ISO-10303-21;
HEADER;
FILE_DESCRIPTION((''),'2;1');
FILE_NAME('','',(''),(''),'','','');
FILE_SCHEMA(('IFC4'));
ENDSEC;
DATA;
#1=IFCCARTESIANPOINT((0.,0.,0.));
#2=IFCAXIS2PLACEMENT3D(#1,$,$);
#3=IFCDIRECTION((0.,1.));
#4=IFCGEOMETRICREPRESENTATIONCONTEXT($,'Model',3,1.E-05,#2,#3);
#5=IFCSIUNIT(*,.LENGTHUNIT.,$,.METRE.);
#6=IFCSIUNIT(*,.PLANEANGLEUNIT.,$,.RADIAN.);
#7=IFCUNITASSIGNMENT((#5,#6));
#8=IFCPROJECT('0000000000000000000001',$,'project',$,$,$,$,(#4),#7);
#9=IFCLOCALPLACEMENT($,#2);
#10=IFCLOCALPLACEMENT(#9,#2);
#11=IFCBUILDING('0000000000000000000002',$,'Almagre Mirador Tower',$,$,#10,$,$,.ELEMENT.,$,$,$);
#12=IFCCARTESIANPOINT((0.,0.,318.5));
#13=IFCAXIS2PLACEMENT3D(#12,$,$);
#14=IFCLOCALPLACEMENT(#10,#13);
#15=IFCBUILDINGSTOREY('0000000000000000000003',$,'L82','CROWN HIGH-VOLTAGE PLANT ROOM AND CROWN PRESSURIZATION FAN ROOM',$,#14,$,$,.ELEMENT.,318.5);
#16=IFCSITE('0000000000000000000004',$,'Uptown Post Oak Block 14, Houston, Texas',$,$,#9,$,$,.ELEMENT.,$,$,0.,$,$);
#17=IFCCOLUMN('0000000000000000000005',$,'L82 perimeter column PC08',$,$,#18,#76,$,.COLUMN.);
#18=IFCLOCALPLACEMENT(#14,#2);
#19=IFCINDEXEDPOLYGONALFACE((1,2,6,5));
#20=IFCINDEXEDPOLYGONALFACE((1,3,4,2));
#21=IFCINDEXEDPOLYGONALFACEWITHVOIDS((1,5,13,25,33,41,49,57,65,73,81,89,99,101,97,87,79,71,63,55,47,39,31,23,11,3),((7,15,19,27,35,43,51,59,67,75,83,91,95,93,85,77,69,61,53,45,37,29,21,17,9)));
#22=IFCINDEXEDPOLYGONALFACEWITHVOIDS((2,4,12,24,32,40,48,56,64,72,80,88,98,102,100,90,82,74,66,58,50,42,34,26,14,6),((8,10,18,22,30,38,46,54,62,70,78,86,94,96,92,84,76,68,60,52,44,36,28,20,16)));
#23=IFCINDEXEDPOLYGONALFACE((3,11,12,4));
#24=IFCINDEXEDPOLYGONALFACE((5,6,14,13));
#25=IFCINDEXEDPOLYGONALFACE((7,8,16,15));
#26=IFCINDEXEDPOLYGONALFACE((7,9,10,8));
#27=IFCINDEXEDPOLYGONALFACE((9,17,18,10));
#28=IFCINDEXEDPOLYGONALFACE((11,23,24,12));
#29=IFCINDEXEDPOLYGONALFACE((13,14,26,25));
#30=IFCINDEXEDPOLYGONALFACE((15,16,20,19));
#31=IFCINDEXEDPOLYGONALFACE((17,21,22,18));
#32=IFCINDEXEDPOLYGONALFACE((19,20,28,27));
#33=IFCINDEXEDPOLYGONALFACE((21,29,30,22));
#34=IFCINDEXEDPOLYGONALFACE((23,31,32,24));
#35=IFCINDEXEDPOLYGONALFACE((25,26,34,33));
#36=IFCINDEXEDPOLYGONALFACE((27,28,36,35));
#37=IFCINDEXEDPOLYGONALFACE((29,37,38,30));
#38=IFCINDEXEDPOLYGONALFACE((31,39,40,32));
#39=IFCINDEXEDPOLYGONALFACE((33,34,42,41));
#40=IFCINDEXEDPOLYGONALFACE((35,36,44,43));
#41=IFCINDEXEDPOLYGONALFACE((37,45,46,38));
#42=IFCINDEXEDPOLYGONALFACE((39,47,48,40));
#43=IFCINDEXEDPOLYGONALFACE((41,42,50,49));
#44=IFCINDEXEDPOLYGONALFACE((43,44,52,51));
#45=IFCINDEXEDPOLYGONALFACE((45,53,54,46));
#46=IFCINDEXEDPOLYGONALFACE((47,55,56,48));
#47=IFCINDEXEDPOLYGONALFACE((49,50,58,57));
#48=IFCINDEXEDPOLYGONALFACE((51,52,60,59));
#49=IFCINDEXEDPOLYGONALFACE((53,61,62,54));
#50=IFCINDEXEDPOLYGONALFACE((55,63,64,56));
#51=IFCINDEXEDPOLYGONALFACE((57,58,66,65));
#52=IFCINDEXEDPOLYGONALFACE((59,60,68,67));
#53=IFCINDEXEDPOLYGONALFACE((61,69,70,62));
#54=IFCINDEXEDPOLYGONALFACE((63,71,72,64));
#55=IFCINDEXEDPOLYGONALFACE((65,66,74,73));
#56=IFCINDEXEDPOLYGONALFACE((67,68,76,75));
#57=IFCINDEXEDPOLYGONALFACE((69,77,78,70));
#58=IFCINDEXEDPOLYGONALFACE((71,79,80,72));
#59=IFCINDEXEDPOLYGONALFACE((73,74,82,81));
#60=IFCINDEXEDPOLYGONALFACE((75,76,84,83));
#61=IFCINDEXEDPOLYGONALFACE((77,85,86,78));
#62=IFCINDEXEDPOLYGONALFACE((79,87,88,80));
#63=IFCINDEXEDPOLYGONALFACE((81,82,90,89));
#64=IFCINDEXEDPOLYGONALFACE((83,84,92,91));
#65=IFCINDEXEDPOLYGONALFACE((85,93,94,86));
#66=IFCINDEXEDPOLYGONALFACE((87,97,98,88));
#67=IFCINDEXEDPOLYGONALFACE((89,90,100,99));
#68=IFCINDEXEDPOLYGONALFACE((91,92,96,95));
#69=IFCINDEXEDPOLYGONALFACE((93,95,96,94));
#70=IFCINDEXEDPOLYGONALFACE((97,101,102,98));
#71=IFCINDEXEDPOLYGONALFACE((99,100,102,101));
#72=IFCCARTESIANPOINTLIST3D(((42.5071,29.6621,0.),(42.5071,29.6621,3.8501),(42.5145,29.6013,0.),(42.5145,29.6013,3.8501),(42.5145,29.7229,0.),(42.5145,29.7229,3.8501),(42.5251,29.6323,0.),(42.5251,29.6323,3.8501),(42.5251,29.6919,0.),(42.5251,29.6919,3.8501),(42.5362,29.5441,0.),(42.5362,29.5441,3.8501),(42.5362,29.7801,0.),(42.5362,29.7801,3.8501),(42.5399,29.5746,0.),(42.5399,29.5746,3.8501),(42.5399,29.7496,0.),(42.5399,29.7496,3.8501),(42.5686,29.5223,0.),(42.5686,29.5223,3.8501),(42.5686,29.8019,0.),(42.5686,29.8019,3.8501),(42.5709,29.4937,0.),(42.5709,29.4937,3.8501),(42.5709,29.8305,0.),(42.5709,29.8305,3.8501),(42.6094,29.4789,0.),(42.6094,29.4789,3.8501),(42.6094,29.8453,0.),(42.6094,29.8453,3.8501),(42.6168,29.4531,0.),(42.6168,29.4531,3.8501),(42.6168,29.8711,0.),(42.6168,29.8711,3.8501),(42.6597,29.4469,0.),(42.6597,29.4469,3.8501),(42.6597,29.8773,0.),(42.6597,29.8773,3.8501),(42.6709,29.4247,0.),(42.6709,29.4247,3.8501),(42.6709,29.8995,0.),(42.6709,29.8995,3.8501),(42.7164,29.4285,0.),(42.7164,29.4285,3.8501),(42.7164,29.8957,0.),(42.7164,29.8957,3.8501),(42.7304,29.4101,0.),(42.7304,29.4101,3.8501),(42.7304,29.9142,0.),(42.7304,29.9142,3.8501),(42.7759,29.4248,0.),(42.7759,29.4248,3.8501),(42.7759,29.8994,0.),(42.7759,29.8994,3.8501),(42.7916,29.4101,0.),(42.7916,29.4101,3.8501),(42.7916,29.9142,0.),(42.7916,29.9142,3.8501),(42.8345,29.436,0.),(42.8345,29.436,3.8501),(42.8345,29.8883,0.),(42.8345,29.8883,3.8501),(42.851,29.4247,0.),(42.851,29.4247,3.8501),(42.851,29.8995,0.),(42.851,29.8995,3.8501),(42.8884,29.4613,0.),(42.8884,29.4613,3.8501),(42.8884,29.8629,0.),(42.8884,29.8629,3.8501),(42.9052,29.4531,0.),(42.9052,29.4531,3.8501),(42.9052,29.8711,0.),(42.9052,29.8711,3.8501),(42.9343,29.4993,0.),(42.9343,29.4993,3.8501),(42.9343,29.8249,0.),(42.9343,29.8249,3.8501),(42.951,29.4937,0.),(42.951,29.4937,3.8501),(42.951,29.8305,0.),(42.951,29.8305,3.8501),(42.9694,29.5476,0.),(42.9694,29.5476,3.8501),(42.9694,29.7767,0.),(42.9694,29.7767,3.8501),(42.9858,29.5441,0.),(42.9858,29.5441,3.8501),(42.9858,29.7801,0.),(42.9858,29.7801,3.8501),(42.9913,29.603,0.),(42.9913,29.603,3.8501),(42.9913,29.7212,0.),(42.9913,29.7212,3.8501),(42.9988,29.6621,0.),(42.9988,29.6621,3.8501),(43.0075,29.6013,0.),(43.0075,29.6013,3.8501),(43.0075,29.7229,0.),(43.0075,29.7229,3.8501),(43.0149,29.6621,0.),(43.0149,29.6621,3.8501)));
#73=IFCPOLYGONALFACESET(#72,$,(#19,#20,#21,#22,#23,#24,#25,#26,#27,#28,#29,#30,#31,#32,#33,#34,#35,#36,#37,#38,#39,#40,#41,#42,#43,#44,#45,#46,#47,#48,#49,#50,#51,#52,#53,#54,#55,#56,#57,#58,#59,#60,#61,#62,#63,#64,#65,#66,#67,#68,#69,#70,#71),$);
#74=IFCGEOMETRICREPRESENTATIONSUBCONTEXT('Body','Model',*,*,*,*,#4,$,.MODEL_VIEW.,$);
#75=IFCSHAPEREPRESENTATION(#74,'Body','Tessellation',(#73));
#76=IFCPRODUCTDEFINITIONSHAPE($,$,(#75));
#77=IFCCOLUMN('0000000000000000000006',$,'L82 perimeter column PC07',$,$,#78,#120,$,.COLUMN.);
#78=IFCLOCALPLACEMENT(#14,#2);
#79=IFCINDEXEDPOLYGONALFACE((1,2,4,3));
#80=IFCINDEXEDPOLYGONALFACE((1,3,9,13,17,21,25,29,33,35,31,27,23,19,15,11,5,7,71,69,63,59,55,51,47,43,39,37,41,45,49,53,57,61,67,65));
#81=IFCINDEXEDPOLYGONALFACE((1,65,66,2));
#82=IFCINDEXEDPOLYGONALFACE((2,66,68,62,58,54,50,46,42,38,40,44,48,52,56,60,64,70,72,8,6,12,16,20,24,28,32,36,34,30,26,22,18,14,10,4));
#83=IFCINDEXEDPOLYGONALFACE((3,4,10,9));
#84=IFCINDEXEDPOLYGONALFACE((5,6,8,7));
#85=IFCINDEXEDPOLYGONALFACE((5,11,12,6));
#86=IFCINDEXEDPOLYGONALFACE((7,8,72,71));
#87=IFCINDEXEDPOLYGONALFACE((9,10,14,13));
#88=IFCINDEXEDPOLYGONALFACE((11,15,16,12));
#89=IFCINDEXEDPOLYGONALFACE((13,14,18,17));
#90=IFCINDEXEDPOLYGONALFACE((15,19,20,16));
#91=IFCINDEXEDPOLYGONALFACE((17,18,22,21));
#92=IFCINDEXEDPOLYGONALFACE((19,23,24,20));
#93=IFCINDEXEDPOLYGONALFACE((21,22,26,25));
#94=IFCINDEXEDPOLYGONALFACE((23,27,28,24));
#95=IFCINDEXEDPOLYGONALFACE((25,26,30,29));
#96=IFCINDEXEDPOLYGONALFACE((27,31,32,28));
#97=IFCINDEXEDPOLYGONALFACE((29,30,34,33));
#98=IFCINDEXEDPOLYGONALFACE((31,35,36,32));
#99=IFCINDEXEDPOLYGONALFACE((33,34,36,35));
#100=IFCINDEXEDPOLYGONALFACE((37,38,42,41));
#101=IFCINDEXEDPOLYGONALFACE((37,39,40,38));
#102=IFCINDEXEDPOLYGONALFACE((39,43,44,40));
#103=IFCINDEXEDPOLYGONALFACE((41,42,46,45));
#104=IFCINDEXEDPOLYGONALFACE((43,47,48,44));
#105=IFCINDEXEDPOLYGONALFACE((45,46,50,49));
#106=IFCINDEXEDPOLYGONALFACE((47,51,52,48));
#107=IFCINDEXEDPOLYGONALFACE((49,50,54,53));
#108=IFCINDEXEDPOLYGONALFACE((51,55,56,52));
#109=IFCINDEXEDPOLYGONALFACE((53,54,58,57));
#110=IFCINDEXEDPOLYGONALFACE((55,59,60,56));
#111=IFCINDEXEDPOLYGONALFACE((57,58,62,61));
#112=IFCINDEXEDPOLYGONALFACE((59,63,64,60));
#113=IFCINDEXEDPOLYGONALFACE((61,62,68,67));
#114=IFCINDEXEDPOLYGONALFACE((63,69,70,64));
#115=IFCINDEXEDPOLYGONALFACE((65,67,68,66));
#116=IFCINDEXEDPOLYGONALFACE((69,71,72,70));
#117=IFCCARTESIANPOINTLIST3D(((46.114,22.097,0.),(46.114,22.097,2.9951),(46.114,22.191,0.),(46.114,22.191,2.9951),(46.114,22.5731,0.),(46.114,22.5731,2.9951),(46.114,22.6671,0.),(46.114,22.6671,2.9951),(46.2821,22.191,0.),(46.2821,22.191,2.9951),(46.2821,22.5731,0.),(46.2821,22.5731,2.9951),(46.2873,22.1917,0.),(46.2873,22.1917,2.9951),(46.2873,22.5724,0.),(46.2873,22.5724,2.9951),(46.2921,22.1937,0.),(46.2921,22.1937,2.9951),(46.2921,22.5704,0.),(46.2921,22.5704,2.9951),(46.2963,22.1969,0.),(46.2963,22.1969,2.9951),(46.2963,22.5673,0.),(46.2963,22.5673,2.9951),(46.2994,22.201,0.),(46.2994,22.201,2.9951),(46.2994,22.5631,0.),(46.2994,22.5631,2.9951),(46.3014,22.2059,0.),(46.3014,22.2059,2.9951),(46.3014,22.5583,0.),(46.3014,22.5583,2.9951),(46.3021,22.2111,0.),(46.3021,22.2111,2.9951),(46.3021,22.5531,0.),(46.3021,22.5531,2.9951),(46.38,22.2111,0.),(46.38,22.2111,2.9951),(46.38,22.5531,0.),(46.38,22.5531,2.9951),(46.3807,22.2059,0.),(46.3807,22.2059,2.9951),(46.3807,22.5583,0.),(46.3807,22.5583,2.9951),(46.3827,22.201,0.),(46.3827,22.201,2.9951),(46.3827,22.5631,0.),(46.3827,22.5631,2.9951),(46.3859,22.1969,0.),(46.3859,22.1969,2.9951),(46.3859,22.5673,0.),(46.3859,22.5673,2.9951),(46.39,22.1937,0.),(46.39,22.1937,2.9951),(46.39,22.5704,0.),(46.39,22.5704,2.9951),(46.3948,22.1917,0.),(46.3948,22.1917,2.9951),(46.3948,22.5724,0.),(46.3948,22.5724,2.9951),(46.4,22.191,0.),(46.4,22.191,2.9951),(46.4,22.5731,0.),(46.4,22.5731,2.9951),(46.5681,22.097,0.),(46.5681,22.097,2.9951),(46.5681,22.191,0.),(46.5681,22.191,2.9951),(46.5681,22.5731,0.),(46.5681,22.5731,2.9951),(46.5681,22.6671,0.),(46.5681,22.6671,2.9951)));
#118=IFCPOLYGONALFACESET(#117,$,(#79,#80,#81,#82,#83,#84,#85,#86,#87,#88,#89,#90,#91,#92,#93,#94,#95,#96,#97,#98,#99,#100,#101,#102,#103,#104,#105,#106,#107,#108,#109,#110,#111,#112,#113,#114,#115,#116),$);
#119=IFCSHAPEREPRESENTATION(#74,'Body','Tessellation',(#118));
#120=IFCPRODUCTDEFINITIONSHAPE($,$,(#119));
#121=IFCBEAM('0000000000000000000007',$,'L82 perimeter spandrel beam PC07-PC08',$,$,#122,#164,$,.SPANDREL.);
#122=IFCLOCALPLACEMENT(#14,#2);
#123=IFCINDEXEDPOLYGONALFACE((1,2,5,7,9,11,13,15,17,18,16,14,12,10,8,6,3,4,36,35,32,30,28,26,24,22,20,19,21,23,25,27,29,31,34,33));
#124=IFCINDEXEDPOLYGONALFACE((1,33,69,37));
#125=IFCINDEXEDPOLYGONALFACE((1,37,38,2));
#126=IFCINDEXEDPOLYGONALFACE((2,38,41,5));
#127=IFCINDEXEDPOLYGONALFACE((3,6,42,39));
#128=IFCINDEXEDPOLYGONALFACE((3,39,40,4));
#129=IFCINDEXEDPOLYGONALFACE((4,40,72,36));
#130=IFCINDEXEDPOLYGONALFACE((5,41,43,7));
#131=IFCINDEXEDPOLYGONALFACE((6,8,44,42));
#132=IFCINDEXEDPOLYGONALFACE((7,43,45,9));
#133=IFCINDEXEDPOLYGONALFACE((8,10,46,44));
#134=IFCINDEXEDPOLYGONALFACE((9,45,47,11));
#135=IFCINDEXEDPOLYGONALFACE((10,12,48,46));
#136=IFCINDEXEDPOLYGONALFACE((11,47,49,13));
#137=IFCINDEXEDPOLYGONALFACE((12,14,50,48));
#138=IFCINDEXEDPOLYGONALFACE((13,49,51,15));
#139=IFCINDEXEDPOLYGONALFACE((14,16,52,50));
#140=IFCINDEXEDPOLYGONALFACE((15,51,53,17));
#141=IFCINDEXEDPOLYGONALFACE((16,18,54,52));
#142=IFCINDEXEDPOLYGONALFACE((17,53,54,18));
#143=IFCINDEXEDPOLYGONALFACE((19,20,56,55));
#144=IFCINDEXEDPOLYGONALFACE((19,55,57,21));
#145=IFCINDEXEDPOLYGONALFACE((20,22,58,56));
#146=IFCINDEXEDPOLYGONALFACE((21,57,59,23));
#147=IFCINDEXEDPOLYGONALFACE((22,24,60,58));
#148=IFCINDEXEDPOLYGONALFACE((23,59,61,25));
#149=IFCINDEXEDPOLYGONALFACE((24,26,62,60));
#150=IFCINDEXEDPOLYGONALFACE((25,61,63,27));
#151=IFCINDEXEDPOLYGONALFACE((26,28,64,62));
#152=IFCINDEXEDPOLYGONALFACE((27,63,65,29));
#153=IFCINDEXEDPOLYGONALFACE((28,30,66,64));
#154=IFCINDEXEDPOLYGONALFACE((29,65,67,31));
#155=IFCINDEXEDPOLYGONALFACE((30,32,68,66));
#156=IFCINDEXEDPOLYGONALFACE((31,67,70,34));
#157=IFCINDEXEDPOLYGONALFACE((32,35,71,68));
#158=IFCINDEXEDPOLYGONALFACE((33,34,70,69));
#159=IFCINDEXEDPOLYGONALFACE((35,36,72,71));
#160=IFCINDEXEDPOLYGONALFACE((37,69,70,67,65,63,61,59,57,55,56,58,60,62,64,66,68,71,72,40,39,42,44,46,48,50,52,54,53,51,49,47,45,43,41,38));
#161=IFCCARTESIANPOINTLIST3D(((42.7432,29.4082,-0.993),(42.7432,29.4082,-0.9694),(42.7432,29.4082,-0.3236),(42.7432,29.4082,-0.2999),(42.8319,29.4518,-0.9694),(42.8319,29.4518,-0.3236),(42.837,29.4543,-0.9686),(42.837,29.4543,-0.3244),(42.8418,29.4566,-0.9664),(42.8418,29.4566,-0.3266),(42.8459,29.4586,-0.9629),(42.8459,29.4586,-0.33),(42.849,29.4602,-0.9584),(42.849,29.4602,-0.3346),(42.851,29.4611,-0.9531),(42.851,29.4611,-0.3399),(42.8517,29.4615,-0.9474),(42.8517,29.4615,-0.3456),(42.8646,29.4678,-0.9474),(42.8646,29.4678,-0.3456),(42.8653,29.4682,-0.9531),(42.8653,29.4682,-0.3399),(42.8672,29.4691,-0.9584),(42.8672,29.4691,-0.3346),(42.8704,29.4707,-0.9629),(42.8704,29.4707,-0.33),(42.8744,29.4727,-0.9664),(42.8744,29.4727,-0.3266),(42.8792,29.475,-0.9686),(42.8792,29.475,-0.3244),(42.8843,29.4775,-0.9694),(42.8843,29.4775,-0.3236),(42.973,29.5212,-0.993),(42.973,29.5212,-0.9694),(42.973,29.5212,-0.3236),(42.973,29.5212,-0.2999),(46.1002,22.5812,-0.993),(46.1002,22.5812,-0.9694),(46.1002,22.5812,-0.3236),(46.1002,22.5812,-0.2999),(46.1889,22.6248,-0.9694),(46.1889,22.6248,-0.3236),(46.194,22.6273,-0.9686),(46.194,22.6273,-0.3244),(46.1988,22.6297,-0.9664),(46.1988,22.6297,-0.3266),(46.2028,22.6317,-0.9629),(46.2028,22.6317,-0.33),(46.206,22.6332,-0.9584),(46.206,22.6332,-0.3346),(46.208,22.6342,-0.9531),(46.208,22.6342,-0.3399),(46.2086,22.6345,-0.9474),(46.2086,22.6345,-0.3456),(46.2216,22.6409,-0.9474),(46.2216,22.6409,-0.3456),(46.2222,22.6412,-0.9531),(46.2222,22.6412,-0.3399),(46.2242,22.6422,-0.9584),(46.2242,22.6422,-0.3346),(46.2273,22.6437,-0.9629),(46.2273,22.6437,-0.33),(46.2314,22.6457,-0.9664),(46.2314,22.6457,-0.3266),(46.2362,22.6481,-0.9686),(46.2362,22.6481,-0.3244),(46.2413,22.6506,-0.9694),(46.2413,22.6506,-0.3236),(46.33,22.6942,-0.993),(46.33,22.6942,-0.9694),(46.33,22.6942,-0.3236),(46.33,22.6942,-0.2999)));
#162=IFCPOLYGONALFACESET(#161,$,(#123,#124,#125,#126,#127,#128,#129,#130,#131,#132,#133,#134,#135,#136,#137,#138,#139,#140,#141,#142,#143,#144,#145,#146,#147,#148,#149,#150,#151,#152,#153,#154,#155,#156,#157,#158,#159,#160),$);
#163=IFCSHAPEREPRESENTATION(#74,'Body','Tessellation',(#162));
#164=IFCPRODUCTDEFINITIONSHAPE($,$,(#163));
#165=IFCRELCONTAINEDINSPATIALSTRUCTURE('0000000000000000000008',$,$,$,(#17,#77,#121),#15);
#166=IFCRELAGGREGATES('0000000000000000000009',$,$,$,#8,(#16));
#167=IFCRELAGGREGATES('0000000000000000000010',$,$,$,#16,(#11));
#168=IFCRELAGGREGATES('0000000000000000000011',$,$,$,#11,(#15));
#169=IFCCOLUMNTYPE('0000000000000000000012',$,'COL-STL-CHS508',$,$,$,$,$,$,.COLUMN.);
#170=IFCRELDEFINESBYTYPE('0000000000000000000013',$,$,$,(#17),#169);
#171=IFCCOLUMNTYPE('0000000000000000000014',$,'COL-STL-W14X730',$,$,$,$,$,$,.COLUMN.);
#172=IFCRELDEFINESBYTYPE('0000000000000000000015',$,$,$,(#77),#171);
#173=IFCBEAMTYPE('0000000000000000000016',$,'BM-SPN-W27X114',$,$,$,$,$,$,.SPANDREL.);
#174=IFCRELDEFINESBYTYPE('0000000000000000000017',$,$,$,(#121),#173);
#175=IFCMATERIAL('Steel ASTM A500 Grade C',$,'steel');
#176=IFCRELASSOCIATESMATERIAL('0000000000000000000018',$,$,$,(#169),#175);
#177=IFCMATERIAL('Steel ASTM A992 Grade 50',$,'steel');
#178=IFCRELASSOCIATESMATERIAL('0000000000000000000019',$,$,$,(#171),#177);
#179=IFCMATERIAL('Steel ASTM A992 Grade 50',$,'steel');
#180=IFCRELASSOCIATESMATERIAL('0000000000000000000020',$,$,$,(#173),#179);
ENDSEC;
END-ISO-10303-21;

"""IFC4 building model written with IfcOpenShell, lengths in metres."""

from ifc_helpers import new_model, si_unit, direction, frame, origin, origin_2d, place, context, subcontext, project, spatial, hollow_circle, i_section, extrude, material, material_profile, profile_set, type_object, element, save


model = new_model("IFC4")

# Units and contexts
model_context = context("Model", 3, precision=1e-05, world=origin(), true_north=direction((0.0, 1.0)))
body_context = subcontext(model_context, "Body", "Model", "MODEL_VIEW")
ifc_project = project(units=[si_unit("LENGTHUNIT", "METRE"), si_unit("PLANEANGLEUNIT", "RADIAN")], contexts=[model_context])

# Site, building, storey
site_placement = place(None, origin())
site = spatial("IfcSite", under=ifc_project, at=site_placement, Name="Uptown Post Oak Block 14, Houston, Texas", CompositionType="ELEMENT", RefElevation=0.0)
building_placement = place(site_placement, origin())
building = spatial("IfcBuilding", under=site, at=building_placement, Name="Almagre Mirador Tower", CompositionType="ELEMENT")
storey_placement = place(building_placement, frame((0.0, 0.0, 318.5)))
storey = spatial("IfcBuildingStorey", under=building, at=storey_placement, Name="L82", Description="CROWN HIGH-VOLTAGE PLANT ROOM AND CROWN PRESSURIZATION FAN ROOM", CompositionType="ELEMENT", Elevation=318.5)

# Columns
ifc_material_1 = material(Name="Steel ASTM A500 Grade C", Category="steel")
ifc_material_profile_1 = material_profile(ifc_material_1, hollow_circle(Radius=0.2539, WallThickness=0.0161, at=origin_2d()), Name="CHS508X16")
ifc_profile_set_1 = profile_set([ifc_material_profile_1], Name="Steel ASTM A500 Grade C")
column_type_1 = type_object("IfcColumnType", Name="COL-STL-CHS508", PredefinedType="COLUMN", material=ifc_profile_set_1)
column_1_placement = place(storey_placement, frame((42.761, 29.6621, 0.0), z_axis=(0.0, 0.0, 1.0), x_axis=(1.0, 0.0, 0.0)))
element("IfcColumn", 1, at=column_1_placement, inside=storey, type_object=column_type_1, Name="L82 perimeter column PC08", PredefinedType="COLUMN", context=body_context, shape_type="SweptSolid", body=[
    extrude(hollow_circle(Radius=0.2539, WallThickness=0.0161, at=origin_2d()), origin(), (0.0, 0.0, 1.0), 3.8501),
])
ifc_material_2 = material(Name="Steel ASTM A992 Grade 50", Category="steel")
ifc_material_profile_2 = material_profile(ifc_material_2, i_section(OverallWidth=0.4541, OverallDepth=0.5701, WebThickness=0.0779, FlangeThickness=0.094, FilletRadius=0.02, at=origin_2d()), Name="W14X730")
ifc_profile_set_2 = profile_set([ifc_material_profile_2], Name="Steel ASTM A992 Grade 50")
column_type_2 = type_object("IfcColumnType", Name="COL-STL-W14X730", PredefinedType="COLUMN", material=ifc_profile_set_2)
column_2_placement = place(storey_placement, frame((46.3411, 22.3821, 0.0), z_axis=(0.0, 0.0, 1.0), x_axis=(1.0, 0.0, 0.0)))
element("IfcColumn", 2, at=column_2_placement, inside=storey, type_object=column_type_2, Name="L82 perimeter column PC07", PredefinedType="COLUMN", context=body_context, shape_type="SweptSolid", body=[
    extrude(i_section(OverallWidth=0.4541, OverallDepth=0.5701, WebThickness=0.0779, FlangeThickness=0.094, FilletRadius=0.02, at=origin_2d()), origin(), (0.0, 0.0, 1.0), 2.9951),
])

# Beam
ifc_material_3 = material(Name="Steel ASTM A992 Grade 50", Category="steel")
ifc_material_profile_3 = material_profile(ifc_material_3, i_section(OverallWidth=0.2561, OverallDepth=0.6931, WebThickness=0.0144, FlangeThickness=0.0237, FilletRadius=0.022, at=origin_2d()), Name="W27X114")
ifc_profile_set_3 = profile_set([ifc_material_profile_3], Name="Steel ASTM A992 Grade 50")
beam_type_1 = type_object("IfcBeamType", Name="BM-SPN-W27X114", PredefinedType="SPANDREL", material=ifc_profile_set_3)
beam_1_placement = place(storey_placement, frame((46.2151, 22.6377, -0.6465), z_axis=(-0.44126, 0.897379, 0.0), x_axis=(-0.897379, -0.44126, 0.0)))
element("IfcBeam", 3, at=beam_1_placement, inside=storey, type_object=beam_type_1, Name="L82 perimeter spandrel beam PC07-PC08", PredefinedType="SPANDREL", context=body_context, shape_type="SweptSolid", body=[
    extrude(i_section(OverallWidth=0.2561, OverallDepth=0.6931, WebThickness=0.0144, FlangeThickness=0.0237, FilletRadius=0.022, at=origin_2d()), origin(), (0.0, 0.0, 1.0), 7.6077),
])

save(model, "model.ifc")
